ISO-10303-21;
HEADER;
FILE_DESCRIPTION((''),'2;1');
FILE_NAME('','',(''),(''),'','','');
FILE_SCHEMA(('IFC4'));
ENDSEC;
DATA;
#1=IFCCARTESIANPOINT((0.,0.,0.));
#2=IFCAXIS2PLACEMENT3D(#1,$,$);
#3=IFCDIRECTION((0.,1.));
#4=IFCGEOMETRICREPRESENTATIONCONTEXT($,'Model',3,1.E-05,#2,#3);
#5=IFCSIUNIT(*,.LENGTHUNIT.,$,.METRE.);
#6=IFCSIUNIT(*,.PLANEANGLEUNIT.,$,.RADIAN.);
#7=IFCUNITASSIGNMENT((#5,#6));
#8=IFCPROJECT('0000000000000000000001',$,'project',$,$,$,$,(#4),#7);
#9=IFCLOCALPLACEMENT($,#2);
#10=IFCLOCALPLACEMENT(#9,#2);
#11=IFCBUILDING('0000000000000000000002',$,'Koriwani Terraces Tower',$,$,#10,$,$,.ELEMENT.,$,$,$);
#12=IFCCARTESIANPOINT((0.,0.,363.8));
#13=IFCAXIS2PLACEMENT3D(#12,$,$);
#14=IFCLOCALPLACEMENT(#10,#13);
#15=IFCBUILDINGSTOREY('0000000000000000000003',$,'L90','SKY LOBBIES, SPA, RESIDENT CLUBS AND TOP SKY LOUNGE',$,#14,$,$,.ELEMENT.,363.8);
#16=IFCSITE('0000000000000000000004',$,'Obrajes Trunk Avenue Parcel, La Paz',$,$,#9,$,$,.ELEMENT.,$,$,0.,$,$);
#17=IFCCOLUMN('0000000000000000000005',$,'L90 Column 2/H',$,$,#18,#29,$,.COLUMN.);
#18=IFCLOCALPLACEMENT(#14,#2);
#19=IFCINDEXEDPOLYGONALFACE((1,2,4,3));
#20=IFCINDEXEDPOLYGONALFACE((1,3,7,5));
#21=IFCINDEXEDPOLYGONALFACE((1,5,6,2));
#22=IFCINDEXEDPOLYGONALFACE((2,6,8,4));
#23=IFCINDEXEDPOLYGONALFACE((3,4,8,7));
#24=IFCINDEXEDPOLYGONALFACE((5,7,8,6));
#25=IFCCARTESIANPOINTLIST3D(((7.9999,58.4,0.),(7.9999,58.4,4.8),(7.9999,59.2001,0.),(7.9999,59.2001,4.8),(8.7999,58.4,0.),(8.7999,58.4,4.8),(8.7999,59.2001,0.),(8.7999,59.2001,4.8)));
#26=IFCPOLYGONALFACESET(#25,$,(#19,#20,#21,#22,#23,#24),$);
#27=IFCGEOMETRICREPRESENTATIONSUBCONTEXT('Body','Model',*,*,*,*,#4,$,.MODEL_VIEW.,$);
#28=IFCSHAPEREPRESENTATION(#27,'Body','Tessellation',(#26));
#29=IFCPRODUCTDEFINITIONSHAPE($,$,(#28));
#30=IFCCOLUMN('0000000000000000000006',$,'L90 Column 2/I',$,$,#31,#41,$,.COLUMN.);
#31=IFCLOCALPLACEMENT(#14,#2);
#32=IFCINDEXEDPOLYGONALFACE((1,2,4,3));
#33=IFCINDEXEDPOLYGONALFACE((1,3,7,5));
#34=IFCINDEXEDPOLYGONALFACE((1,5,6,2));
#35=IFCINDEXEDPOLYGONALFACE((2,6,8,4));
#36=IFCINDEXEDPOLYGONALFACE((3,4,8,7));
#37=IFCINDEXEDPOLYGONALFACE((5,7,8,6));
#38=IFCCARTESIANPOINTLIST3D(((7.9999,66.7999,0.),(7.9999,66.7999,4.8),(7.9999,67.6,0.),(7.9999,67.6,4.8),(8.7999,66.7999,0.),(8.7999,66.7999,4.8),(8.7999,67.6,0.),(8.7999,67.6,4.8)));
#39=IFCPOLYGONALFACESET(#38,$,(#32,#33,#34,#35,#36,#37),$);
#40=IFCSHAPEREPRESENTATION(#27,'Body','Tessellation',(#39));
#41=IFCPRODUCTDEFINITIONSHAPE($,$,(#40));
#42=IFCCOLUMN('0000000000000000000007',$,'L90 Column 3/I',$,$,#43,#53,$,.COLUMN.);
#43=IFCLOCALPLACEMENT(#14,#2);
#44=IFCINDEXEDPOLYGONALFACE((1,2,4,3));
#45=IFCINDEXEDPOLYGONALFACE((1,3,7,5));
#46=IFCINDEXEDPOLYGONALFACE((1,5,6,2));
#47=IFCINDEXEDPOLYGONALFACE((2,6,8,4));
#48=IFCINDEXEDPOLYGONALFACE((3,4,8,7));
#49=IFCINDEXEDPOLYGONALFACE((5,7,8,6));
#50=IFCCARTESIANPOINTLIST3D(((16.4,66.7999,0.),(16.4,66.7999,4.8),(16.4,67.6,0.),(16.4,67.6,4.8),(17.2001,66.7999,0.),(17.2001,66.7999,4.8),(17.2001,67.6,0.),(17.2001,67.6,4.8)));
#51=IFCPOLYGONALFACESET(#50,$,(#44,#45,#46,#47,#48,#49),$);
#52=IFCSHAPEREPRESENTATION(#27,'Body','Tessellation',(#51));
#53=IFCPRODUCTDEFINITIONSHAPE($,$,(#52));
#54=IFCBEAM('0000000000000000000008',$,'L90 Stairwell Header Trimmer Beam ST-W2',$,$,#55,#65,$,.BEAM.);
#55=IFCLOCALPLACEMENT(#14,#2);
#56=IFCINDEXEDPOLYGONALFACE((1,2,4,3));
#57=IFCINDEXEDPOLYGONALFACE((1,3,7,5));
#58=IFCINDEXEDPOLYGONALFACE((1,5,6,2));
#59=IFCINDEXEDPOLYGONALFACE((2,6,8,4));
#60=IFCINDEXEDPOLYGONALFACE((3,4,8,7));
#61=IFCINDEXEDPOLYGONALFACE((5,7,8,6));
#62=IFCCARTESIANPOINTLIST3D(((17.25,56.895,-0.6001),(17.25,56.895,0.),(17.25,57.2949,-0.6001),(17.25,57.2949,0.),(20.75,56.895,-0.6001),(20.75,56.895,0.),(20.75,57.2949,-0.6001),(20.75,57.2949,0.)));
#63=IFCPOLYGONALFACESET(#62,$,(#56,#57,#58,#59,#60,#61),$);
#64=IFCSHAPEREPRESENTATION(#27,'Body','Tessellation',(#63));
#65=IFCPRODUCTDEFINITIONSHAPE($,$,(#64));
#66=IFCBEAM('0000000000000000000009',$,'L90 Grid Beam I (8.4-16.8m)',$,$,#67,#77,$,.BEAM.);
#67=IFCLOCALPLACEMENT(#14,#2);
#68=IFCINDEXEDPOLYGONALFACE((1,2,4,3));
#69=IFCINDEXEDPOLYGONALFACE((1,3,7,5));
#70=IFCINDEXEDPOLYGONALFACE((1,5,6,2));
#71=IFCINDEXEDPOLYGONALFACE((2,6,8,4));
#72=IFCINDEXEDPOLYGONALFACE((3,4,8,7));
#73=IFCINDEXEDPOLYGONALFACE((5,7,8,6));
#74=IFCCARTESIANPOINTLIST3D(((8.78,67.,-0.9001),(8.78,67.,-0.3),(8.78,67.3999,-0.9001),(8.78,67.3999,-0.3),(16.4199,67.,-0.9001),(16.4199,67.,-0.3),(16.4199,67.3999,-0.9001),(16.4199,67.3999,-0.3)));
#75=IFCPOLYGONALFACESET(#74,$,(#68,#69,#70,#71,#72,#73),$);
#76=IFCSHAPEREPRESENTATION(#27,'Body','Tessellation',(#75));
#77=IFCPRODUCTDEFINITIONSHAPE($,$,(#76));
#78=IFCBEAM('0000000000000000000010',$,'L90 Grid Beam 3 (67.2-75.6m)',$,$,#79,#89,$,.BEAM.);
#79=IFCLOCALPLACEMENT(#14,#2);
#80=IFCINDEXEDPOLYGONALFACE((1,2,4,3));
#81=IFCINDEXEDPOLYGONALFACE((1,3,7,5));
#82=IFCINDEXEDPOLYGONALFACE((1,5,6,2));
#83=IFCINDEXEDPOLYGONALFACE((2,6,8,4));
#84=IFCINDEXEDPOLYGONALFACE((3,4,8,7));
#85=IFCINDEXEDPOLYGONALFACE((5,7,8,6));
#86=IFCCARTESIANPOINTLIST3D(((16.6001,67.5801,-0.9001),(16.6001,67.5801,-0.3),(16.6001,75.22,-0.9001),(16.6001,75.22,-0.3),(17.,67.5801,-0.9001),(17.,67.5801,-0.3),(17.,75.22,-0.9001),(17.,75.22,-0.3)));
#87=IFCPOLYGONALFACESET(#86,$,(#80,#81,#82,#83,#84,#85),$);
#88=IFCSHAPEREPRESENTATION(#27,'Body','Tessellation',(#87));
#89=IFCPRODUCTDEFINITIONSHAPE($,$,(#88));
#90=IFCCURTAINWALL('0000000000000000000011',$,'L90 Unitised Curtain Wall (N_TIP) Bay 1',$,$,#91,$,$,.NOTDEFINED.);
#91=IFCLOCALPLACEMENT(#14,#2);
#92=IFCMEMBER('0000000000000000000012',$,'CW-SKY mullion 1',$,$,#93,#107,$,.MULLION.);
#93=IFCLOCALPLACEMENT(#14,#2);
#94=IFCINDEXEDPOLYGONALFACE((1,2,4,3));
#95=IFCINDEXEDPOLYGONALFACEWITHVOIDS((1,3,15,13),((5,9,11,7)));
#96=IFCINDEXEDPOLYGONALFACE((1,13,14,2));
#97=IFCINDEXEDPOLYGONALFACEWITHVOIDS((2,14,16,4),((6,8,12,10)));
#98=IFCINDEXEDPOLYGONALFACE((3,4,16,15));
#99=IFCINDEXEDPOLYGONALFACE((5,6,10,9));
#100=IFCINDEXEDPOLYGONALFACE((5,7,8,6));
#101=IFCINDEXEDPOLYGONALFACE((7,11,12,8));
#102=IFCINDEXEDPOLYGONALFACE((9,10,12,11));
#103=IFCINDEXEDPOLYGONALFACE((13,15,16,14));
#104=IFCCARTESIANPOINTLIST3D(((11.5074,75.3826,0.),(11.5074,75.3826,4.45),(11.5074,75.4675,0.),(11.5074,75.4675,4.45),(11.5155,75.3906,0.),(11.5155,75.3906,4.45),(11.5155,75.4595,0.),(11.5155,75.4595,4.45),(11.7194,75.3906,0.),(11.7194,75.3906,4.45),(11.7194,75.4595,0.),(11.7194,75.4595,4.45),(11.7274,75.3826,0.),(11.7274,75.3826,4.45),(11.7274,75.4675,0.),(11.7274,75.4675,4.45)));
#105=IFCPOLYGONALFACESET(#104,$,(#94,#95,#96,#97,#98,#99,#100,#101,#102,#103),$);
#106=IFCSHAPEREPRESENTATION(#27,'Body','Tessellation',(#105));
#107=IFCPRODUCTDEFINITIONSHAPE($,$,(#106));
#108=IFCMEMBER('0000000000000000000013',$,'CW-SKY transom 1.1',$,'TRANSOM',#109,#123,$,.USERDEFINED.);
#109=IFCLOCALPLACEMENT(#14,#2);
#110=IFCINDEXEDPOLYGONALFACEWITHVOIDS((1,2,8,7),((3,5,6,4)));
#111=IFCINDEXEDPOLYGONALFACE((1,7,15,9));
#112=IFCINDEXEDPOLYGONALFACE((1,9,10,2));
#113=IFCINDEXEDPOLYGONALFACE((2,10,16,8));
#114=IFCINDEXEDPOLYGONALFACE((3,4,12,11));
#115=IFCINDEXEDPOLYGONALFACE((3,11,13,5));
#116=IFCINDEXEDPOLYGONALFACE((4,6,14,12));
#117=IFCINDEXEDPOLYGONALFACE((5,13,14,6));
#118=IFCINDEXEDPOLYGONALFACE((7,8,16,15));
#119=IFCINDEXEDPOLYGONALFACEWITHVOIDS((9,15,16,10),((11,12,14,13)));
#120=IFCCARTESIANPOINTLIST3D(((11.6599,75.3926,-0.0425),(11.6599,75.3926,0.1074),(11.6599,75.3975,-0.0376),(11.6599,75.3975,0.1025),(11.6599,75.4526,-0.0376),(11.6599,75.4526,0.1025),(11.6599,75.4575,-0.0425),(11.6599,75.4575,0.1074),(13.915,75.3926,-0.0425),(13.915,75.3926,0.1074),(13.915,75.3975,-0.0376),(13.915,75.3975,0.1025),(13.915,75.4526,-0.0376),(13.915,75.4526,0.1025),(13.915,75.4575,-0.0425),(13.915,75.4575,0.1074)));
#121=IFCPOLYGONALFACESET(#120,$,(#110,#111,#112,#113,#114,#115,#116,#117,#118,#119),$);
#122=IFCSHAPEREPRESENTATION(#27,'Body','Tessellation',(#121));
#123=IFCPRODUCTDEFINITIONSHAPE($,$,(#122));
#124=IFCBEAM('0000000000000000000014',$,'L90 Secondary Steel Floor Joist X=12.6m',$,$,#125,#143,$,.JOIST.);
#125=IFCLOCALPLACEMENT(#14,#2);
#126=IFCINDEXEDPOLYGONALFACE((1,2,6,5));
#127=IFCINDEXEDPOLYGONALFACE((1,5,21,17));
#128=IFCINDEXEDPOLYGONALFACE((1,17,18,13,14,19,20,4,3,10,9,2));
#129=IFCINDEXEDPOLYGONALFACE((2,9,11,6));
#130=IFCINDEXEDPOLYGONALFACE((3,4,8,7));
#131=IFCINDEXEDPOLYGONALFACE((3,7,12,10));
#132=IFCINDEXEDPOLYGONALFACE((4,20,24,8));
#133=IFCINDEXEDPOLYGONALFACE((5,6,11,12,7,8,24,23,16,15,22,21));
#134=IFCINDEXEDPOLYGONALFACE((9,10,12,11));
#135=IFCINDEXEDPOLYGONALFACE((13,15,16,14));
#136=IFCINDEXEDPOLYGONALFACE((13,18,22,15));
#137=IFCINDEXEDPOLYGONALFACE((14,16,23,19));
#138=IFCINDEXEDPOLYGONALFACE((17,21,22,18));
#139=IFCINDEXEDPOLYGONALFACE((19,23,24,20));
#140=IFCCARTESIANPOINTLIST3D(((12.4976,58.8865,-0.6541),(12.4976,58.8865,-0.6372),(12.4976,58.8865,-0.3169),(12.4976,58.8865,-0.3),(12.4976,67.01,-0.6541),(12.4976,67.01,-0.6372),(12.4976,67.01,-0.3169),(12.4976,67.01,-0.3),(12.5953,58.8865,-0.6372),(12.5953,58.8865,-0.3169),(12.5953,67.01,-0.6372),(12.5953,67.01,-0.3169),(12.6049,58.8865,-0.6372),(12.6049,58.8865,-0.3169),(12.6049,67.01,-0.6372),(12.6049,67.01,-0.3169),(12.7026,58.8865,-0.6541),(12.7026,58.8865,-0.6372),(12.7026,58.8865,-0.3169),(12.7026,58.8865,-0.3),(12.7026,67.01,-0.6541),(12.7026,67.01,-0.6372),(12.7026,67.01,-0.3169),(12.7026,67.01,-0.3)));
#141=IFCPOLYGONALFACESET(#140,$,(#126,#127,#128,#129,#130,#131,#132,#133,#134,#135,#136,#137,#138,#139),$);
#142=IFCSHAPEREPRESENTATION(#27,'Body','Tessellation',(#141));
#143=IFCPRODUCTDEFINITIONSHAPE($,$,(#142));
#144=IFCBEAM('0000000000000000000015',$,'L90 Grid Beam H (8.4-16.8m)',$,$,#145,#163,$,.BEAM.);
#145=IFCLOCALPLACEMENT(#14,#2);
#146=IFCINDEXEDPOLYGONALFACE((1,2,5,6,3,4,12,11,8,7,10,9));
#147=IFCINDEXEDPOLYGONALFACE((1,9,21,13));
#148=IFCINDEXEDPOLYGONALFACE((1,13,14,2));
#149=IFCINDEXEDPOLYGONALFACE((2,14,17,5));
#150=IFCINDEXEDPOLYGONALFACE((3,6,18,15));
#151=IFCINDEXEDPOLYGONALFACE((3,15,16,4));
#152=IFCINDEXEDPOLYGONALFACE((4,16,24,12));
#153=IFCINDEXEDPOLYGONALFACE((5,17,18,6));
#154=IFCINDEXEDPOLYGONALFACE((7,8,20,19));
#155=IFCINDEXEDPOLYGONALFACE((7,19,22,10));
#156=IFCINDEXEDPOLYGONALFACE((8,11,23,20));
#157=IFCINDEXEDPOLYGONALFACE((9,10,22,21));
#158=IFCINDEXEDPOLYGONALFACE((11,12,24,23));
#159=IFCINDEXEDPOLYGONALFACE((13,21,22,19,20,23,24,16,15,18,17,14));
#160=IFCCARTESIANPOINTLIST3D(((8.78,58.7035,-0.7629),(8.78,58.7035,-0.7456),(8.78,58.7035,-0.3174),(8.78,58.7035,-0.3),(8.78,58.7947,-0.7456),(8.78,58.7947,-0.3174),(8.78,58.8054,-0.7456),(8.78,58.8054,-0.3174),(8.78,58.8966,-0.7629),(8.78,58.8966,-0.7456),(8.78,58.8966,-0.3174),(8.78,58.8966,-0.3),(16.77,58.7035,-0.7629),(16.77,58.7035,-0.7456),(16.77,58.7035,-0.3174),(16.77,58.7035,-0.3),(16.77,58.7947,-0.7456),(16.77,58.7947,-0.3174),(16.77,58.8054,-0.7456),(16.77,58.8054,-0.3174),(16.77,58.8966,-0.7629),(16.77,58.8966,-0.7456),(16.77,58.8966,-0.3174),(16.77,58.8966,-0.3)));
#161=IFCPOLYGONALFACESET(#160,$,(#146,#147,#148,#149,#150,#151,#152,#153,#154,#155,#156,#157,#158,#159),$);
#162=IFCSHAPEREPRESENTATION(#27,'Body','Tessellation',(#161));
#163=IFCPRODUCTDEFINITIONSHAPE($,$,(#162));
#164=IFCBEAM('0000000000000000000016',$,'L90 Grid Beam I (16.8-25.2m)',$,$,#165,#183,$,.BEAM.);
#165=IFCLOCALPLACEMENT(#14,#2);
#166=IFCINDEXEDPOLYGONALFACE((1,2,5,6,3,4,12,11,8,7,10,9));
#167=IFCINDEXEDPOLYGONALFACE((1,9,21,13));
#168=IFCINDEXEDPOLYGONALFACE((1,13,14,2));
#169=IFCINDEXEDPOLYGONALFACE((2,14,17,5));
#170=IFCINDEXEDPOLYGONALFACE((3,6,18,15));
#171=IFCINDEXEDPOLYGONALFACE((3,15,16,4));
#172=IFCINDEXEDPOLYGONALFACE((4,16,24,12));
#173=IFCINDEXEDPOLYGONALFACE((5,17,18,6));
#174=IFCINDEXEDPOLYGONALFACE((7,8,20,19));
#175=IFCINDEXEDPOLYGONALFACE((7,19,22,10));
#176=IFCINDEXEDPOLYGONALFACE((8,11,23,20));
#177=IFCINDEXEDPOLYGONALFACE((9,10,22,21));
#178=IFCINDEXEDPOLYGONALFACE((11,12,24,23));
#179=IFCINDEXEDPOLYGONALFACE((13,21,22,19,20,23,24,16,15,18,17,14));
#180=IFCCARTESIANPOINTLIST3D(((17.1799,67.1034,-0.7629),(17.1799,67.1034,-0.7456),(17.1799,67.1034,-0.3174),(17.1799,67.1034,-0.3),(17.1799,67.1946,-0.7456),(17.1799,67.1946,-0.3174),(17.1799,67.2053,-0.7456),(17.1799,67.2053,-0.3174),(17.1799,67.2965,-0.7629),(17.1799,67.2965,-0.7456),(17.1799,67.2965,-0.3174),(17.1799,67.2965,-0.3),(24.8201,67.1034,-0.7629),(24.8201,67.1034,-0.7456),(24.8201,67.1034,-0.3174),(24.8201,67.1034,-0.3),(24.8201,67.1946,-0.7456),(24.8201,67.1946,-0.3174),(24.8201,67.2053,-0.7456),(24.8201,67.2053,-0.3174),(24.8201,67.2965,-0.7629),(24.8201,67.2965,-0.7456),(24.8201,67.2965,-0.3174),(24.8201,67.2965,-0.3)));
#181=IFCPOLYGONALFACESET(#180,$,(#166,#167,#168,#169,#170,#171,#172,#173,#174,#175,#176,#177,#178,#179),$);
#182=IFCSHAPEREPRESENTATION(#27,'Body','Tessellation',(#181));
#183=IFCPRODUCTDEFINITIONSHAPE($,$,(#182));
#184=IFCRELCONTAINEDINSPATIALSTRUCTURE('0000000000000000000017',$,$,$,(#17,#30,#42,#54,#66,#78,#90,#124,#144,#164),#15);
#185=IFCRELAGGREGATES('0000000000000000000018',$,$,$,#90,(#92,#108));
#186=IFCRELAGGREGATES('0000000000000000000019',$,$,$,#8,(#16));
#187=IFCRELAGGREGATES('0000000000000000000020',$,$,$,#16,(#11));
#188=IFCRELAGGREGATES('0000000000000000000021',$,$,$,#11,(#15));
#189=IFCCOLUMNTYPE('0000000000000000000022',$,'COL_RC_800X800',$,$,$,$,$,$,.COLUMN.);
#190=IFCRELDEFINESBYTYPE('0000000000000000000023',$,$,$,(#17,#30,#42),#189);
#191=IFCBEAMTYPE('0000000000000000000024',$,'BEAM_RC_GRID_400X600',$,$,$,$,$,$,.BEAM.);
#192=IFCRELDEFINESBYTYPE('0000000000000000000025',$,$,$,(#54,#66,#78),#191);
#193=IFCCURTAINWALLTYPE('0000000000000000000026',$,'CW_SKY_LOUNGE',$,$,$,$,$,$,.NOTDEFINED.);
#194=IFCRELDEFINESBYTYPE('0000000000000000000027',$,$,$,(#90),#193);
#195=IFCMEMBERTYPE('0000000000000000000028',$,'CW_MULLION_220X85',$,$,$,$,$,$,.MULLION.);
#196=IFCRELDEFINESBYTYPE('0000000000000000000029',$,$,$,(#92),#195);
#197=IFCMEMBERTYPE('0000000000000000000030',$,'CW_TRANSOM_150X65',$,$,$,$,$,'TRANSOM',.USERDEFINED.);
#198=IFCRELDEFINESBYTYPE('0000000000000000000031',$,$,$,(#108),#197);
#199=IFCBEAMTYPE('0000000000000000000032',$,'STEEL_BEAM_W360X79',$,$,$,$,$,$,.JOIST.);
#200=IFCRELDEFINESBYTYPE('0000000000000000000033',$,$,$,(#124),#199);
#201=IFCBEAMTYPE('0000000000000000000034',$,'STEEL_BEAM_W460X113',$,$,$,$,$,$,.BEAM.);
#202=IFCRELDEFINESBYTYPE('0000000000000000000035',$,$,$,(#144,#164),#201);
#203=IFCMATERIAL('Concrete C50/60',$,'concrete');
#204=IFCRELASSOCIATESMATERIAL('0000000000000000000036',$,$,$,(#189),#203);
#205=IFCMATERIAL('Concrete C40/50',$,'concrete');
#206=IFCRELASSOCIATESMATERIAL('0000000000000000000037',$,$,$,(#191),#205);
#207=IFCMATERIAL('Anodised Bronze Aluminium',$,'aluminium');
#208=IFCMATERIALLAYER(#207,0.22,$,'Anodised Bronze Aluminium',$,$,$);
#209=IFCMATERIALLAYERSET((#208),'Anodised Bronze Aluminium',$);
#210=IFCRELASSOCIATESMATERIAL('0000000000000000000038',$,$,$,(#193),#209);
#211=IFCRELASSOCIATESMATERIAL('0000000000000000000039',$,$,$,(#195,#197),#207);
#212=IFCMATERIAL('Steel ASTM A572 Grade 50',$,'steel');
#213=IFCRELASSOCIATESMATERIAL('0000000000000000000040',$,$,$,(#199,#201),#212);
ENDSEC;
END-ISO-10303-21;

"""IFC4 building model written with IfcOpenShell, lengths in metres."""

from ifc_helpers import new_model, si_unit, direction, frame, origin, origin_2d, place, context, subcontext, project, spatial, rectangle, hollow_rectangle, i_section, extrude, material, layer, layer_set, material_profile, profile_set, type_object, element, aggregate, save


model = new_model("IFC4")

# Units and contexts
model_context = context("Model", 3, precision=1e-05, world=origin(), true_north=direction((0.0, 1.0)))
body_context = subcontext(model_context, "Body", "Model", "MODEL_VIEW")
ifc_project = project(units=[si_unit("LENGTHUNIT", "METRE"), si_unit("PLANEANGLEUNIT", "RADIAN")], contexts=[model_context])

# Site, building, storey
site_placement = place(None, origin())
site = spatial("IfcSite", under=ifc_project, at=site_placement, Name="Obrajes Trunk Avenue Parcel, La Paz", CompositionType="ELEMENT", RefElevation=0.0)
building_placement = place(site_placement, origin())
building = spatial("IfcBuilding", under=site, at=building_placement, Name="Koriwani Terraces Tower", CompositionType="ELEMENT")
storey_placement = place(building_placement, frame((0.0, 0.0, 363.8)))
storey = spatial("IfcBuildingStorey", under=building, at=storey_placement, Name="L90", Description="SKY LOBBIES, SPA, RESIDENT CLUBS AND TOP SKY LOUNGE", CompositionType="ELEMENT", Elevation=363.8)

# Columns
ifc_material_1 = material(Name="Concrete C50/60", Category="concrete")
ifc_material_profile_1 = material_profile(ifc_material_1, rectangle(XDim=0.8, YDim=0.8, at=origin_2d()), Name="Concrete C50/60", Category="LoadBearing")
ifc_profile_set_1 = profile_set([ifc_material_profile_1], Name="Concrete C50/60")
column_type = type_object("IfcColumnType", Name="COL_RC_800X800", PredefinedType="COLUMN", material=ifc_profile_set_1)
for number, where, z_axis, x_axis, name in (
    (1, (8.3999, 58.8, 0.0), (0.0, 0.0, 1.0), (1.0, 0.0, 0.0), "L90 Column 2/H"),
    (2, (8.3999, 67.2, 0.0), (0.0, 0.0, 1.0), (1.0, 0.0, 0.0), "L90 Column 2/I"),
    (3, (16.8, 67.2, 0.0), (0.0, 0.0, 1.0), (1.0, 0.0, 0.0), "L90 Column 3/I"),
):
    element("IfcColumn", number, at=place(storey_placement, frame(where, z_axis=z_axis, x_axis=x_axis)), inside=storey, type_object=column_type, Name=name, PredefinedType="COLUMN", context=body_context, shape_type="SweptSolid", body=[
        extrude(rectangle(XDim=0.8, YDim=0.8, at=origin_2d()), origin(), (0.0, 0.0, 1.0), 4.8),
    ])

# Beams
ifc_material_2 = material(Name="Concrete C40/50", Category="concrete")
ifc_material_profile_2 = material_profile(ifc_material_2, rectangle(XDim=0.3999, YDim=0.6001, at=origin_2d()), Name="Concrete C40/50", Category="LoadBearing")
ifc_profile_set_2 = profile_set([ifc_material_profile_2], Name="Concrete C40/50")
beam_type_1 = type_object("IfcBeamType", Name="BEAM_RC_GRID_400X600", PredefinedType="BEAM", material=ifc_profile_set_2)
beam_1_placement = place(storey_placement, frame((17.25, 57.095, -0.3), z_axis=(1.0, 0.0, 0.0), x_axis=(0.0, 1.0, 0.0)))
element("IfcBeam", 4, at=beam_1_placement, inside=storey, type_object=beam_type_1, Name="L90 Stairwell Header Trimmer Beam ST-W2", PredefinedType="BEAM", context=body_context, shape_type="SweptSolid", body=[
    extrude(rectangle(XDim=0.3999, YDim=0.6001, at=origin_2d()), origin(), (0.0, 0.0, 1.0), 3.5),
])
for number, where, z_axis, x_axis, name in (
    (5, (8.78, 67.2, -0.6001), (1.0, 0.0, 0.0), (0.0, 1.0, 0.0), "L90 Grid Beam I (8.4-16.8m)"),
    (6, (16.8, 67.5801, -0.6001), (0.0, 1.0, 0.0), (-1.0, 0.0, 0.0), "L90 Grid Beam 3 (67.2-75.6m)"),
):
    element("IfcBeam", number, at=place(storey_placement, frame(where, z_axis=z_axis, x_axis=x_axis)), inside=storey, type_object=beam_type_1, Name=name, PredefinedType="BEAM", context=body_context, shape_type="SweptSolid", body=[
        extrude(rectangle(XDim=0.3999, YDim=0.6001, at=origin_2d()), origin(), (0.0, 0.0, 1.0), 7.6399),
    ])

# Curtain wall, members
ifc_material_3 = material(Name="Anodised Bronze Aluminium", Category="aluminium")
ifc_layer_1 = layer(ifc_material_3, 0.22, Name="Anodised Bronze Aluminium")
ifc_layer_set_1 = layer_set([ifc_layer_1], Name="Anodised Bronze Aluminium")
curtain_wall_type = type_object("IfcCurtainWallType", Name="CW_SKY_LOUNGE", PredefinedType="NOTDEFINED", material=ifc_layer_set_1)
curtain_wall_placement = place(storey_placement, origin())
curtain_wall = element("IfcCurtainWall", 7, at=curtain_wall_placement, inside=storey, type_object=curtain_wall_type, Name="L90 Unitised Curtain Wall (N_TIP) Bay 1", PredefinedType="NOTDEFINED")
ifc_material_profile_3 = material_profile(ifc_material_3, hollow_rectangle(XDim=0.085, YDim=0.22, WallThickness=0.0081, at=origin_2d()), Name="Anodised Bronze Aluminium", Category="LoadBearing")
ifc_profile_set_3 = profile_set([ifc_material_profile_3], Name="Anodised Bronze Aluminium")
member_type_1 = type_object("IfcMemberType", Name="CW_MULLION_220X85", PredefinedType="MULLION", material=ifc_profile_set_3)
member_1_placement = place(storey_placement, frame((11.6174, 75.425, 0.0), z_axis=(0.0, 0.0, 1.0), x_axis=(0.0, 1.0, 0.0)))
member_1 = element("IfcMember", 8, at=member_1_placement, type_object=member_type_1, Name="CW-SKY mullion 1", PredefinedType="MULLION", context=body_context, shape_type="SweptSolid", body=[
    extrude(hollow_rectangle(XDim=0.085, YDim=0.22, WallThickness=0.0081, at=origin_2d()), origin(), (0.0, 0.0, 1.0), 4.45),
])
ifc_material_profile_4 = material_profile(ifc_material_3, hollow_rectangle(XDim=0.0649, YDim=0.1499, WallThickness=0.0049, at=origin_2d()), Name="Anodised Bronze Aluminium", Category="LoadBearing")
ifc_profile_set_4 = profile_set([ifc_material_profile_4], Name="Anodised Bronze Aluminium")
member_type_2 = type_object("IfcMemberType", Name="CW_TRANSOM_150X65", ElementType="TRANSOM", PredefinedType="USERDEFINED", material=ifc_profile_set_4)
member_2_placement = place(storey_placement, frame((11.6599, 75.425, 0.0325), z_axis=(1.0, 0.0, 0.0), x_axis=(0.0, 1.0, 0.0)))
member_2 = element("IfcMember", 9, at=member_2_placement, type_object=member_type_2, Name="CW-SKY transom 1.1", ObjectType="TRANSOM", PredefinedType="USERDEFINED", context=body_context, shape_type="SweptSolid", body=[
    extrude(hollow_rectangle(XDim=0.0649, YDim=0.1499, WallThickness=0.0049, at=origin_2d()), origin(), (0.0, 0.0, 1.0), 2.2551),
])
aggregate(curtain_wall, [member_1, member_2])

# Beams
ifc_material_4 = material(Name="Steel ASTM A572 Grade 50", Category="steel")
ifc_material_profile_5 = material_profile(ifc_material_4, i_section(OverallWidth=0.2051, OverallDepth=0.354, WebThickness=0.0095, FlangeThickness=0.0168, at=origin_2d()), Name="Steel ASTM A572 Grade 50", Category="LoadBearing")
ifc_profile_set_5 = profile_set([ifc_material_profile_5], Name="Steel ASTM A572 Grade 50")
beam_type_2 = type_object("IfcBeamType", Name="STEEL_BEAM_W360X79", PredefinedType="JOIST", material=ifc_profile_set_5)
beam_2_placement = place(storey_placement, frame((12.6001, 58.8865, -0.4771), z_axis=(0.0, 1.0, 0.0), x_axis=(-1.0, 0.0, 0.0)))
element("IfcBeam", 10, at=beam_2_placement, inside=storey, type_object=beam_type_2, Name="L90 Secondary Steel Floor Joist X=12.6m", PredefinedType="JOIST", context=body_context, shape_type="SweptSolid", body=[
    extrude(i_section(OverallWidth=0.2051, OverallDepth=0.354, WebThickness=0.0095, FlangeThickness=0.0168, at=origin_2d()), origin(), (0.0, 0.0, 1.0), 8.1235),
])
ifc_material_profile_6 = material_profile(ifc_material_4, i_section(OverallWidth=0.1931, OverallDepth=0.4629, WebThickness=0.0107, FlangeThickness=0.0173, at=origin_2d()), Name="Steel ASTM A572 Grade 50", Category="LoadBearing")
ifc_profile_set_6 = profile_set([ifc_material_profile_6], Name="Steel ASTM A572 Grade 50")
beam_type_3 = type_object("IfcBeamType", Name="STEEL_BEAM_W460X113", PredefinedType="BEAM", material=ifc_profile_set_6)
beam_3_placement = place(storey_placement, frame((8.78, 58.8, -0.5315), z_axis=(1.0, 0.0, 0.0), x_axis=(0.0, 1.0, 0.0)))
element("IfcBeam", 11, at=beam_3_placement, inside=storey, type_object=beam_type_3, Name="L90 Grid Beam H (8.4-16.8m)", PredefinedType="BEAM", context=body_context, shape_type="SweptSolid", body=[
    extrude(i_section(OverallWidth=0.1931, OverallDepth=0.4629, WebThickness=0.0107, FlangeThickness=0.0173, at=origin_2d()), origin(), (0.0, 0.0, 1.0), 7.99),
])
beam_4_placement = place(storey_placement, frame((17.1799, 67.2, -0.5315), z_axis=(1.0, 0.0, 0.0), x_axis=(0.0, 1.0, 0.0)))
element("IfcBeam", 12, at=beam_4_placement, inside=storey, type_object=beam_type_3, Name="L90 Grid Beam I (16.8-25.2m)", PredefinedType="BEAM", context=body_context, shape_type="SweptSolid", body=[
    extrude(i_section(OverallWidth=0.1931, OverallDepth=0.4629, WebThickness=0.0107, FlangeThickness=0.0173, at=origin_2d()), origin(), (0.0, 0.0, 1.0), 7.6401),
])

save(model, "model.ifc")
